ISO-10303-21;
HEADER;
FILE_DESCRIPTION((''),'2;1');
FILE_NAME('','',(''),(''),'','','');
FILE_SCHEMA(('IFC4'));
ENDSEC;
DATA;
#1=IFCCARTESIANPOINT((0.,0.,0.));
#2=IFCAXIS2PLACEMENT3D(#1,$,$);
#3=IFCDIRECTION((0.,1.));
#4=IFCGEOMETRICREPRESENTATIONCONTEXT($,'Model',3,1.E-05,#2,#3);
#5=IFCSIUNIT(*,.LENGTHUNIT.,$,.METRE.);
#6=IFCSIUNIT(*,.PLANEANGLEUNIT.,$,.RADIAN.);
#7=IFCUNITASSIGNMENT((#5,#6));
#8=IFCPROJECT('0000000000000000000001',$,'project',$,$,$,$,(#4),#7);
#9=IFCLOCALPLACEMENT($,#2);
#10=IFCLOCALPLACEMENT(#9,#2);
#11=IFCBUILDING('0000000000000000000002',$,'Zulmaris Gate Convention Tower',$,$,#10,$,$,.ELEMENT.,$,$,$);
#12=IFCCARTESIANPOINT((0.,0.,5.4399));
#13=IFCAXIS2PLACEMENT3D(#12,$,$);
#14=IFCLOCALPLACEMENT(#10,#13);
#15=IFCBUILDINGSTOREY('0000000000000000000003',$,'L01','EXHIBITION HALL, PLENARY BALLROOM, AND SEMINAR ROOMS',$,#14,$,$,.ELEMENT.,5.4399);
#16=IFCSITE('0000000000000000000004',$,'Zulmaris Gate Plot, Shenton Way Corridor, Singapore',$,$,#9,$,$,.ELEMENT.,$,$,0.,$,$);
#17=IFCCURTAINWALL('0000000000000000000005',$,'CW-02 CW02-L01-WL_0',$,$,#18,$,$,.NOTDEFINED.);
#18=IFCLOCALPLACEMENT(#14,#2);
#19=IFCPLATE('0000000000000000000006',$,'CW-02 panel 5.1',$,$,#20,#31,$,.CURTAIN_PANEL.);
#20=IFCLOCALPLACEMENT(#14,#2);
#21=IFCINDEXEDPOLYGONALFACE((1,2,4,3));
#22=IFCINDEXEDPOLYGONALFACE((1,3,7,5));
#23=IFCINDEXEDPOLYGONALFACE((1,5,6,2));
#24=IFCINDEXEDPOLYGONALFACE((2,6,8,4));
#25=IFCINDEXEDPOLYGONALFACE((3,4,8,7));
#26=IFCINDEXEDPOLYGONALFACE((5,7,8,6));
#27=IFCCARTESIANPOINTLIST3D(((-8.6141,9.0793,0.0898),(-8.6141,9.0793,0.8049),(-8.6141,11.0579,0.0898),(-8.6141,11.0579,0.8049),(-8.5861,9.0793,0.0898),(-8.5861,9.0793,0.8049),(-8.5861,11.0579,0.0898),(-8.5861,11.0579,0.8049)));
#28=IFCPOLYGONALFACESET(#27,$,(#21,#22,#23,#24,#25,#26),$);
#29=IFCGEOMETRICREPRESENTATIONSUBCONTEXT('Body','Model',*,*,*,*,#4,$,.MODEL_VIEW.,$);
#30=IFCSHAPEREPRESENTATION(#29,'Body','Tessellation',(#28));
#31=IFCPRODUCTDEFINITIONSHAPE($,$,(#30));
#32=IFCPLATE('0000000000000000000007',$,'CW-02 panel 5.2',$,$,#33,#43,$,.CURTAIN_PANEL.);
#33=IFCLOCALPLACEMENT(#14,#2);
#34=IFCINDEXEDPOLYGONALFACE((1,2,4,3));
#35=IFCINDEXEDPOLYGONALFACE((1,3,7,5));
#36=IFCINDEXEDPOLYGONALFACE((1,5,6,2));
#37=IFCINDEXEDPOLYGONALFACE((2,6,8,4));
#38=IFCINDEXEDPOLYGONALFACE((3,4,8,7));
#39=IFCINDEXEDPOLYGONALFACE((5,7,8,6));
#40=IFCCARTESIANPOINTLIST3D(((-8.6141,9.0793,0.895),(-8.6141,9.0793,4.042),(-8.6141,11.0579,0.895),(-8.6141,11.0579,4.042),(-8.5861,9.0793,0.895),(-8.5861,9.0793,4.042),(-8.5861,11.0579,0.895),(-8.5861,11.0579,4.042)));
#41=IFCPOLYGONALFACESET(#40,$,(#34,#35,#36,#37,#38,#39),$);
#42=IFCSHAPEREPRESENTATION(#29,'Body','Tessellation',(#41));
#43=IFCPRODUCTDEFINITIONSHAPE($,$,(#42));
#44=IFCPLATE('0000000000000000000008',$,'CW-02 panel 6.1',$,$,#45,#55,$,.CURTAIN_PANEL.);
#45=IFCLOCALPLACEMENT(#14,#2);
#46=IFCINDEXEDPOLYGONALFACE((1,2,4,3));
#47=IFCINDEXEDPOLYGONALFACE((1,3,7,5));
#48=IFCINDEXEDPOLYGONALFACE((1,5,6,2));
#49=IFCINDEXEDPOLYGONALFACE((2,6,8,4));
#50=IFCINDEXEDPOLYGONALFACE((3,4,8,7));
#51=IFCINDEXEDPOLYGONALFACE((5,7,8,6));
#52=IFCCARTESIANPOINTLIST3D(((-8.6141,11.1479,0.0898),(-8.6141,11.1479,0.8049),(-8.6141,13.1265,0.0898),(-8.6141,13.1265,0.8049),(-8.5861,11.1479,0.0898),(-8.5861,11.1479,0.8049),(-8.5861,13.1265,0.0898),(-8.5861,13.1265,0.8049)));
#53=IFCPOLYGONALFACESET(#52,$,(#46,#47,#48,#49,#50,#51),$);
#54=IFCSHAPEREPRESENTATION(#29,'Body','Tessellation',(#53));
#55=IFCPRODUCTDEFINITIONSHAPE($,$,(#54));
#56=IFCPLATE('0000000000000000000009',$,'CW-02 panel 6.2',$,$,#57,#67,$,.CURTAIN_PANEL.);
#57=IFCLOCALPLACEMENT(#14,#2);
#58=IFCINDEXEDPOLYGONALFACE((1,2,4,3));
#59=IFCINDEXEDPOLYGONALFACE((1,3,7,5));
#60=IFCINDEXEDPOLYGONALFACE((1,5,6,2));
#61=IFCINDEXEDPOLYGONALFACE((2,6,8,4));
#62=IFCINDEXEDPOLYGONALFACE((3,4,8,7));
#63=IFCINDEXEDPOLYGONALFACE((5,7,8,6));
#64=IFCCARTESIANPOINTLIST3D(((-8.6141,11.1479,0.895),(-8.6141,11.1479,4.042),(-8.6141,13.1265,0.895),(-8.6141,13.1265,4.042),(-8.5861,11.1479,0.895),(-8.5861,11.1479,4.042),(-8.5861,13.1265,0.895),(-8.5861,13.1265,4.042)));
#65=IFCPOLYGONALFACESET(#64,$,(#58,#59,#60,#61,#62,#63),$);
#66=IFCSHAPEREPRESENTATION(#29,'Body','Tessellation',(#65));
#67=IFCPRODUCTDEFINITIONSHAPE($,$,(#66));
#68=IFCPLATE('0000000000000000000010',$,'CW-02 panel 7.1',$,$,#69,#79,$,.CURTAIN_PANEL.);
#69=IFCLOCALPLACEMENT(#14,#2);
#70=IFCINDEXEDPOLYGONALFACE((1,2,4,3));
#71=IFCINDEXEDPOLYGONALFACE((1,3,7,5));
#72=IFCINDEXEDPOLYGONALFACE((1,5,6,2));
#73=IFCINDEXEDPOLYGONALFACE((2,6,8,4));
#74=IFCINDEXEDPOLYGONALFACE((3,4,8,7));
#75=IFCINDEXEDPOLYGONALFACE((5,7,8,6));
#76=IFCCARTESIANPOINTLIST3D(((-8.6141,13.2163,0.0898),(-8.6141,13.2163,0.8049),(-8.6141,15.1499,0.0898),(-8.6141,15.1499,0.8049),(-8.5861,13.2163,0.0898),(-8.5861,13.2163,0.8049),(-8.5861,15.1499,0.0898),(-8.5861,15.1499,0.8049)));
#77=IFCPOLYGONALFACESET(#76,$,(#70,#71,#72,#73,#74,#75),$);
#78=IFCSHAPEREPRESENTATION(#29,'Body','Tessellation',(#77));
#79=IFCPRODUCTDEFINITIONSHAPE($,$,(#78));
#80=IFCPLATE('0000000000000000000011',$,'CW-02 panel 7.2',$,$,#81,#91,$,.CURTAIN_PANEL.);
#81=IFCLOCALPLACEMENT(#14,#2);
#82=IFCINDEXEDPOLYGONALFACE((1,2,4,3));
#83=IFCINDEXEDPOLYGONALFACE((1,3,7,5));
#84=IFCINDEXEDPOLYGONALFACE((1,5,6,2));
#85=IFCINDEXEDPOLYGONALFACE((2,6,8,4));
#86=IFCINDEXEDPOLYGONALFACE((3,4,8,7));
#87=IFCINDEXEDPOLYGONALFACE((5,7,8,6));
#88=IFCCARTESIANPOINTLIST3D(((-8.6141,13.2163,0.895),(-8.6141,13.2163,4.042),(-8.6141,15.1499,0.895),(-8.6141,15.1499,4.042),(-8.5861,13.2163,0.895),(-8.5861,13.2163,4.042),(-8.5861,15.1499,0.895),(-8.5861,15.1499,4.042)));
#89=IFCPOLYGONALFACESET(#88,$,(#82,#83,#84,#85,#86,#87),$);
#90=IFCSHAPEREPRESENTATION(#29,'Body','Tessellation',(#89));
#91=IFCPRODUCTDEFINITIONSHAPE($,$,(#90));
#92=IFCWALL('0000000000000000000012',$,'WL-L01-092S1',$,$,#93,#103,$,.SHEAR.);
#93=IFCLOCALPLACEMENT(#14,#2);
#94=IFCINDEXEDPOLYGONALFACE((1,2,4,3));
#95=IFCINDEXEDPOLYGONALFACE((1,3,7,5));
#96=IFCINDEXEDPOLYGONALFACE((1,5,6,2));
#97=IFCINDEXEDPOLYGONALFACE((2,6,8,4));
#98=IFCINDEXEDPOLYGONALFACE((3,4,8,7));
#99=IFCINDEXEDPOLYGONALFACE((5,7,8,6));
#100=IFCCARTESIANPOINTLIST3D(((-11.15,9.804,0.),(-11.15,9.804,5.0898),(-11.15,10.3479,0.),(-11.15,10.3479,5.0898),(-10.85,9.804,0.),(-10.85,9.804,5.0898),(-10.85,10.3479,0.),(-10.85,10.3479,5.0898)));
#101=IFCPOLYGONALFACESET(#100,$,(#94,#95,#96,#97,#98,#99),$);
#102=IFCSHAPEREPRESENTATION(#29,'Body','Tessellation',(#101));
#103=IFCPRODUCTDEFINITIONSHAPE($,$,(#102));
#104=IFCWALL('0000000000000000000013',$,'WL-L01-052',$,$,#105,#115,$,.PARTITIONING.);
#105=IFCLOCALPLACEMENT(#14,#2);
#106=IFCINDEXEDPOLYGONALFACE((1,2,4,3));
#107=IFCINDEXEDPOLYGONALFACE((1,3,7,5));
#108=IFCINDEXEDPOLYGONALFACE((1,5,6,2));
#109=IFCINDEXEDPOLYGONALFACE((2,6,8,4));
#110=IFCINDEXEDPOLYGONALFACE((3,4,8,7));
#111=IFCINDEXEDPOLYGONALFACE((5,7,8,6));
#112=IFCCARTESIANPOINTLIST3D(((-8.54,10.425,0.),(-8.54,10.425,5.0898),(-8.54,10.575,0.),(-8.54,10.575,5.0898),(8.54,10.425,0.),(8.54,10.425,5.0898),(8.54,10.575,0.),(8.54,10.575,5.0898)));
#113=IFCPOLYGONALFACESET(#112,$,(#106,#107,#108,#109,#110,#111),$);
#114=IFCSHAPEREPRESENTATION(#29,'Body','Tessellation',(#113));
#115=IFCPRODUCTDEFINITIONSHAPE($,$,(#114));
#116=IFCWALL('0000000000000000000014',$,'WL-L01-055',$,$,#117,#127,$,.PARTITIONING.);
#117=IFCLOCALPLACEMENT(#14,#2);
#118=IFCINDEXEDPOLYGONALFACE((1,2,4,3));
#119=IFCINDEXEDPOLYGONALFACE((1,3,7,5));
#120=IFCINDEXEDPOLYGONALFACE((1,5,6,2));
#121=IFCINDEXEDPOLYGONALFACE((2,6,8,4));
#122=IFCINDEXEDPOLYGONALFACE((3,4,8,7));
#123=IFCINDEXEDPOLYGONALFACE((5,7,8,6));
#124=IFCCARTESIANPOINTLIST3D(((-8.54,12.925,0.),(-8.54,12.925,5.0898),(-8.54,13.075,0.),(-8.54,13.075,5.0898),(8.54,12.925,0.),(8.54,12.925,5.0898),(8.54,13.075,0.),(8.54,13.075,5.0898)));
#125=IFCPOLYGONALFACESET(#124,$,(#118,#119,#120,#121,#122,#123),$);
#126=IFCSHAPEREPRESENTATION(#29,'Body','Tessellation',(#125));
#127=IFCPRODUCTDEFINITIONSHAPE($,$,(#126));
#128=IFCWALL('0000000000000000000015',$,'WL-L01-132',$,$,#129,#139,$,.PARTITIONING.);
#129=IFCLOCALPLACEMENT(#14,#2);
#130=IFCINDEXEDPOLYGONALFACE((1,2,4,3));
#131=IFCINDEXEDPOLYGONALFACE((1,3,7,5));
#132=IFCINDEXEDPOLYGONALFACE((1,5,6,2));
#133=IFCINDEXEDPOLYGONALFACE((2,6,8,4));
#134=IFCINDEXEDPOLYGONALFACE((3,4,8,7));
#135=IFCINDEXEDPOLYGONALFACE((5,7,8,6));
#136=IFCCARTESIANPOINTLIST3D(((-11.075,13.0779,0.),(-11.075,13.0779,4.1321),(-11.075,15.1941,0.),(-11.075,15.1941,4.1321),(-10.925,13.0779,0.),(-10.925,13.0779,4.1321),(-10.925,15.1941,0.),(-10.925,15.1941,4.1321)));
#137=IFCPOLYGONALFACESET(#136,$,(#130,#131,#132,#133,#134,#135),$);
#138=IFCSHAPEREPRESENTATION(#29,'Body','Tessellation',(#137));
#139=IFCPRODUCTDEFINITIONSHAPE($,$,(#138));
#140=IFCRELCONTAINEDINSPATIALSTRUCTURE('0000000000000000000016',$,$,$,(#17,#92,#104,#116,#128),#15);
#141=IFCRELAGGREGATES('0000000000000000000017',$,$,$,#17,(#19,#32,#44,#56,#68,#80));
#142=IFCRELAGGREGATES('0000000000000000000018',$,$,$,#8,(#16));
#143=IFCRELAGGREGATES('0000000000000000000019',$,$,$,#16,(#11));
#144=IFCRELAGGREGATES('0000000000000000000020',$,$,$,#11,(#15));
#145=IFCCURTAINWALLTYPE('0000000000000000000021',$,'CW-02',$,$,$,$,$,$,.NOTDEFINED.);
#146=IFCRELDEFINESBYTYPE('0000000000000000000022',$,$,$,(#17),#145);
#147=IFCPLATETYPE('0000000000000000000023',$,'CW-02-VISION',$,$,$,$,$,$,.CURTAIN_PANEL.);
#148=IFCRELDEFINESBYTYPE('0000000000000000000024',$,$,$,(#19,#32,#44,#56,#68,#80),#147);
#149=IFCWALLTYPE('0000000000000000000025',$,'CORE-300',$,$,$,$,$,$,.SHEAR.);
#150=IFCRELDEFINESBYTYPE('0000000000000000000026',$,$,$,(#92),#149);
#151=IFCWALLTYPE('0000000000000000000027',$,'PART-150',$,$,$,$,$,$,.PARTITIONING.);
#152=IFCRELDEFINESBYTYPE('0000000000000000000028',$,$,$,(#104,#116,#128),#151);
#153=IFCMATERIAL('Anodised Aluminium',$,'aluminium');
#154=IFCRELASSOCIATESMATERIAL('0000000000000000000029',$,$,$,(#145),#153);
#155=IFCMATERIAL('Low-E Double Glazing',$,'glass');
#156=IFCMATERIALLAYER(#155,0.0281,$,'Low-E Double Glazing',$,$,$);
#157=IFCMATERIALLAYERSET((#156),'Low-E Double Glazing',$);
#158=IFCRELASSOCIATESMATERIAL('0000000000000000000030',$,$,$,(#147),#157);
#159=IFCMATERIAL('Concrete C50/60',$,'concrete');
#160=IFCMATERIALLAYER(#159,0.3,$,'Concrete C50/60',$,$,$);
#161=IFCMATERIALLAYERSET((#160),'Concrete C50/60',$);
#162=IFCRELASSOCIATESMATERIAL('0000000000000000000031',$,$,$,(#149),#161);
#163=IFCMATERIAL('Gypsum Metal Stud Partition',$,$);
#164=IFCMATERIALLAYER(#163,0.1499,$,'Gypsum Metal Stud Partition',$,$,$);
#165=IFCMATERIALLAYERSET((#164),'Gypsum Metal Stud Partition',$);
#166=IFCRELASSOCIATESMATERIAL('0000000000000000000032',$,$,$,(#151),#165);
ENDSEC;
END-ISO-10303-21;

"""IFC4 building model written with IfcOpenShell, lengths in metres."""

from ifc_helpers import new_model, si_unit, direction, frame, frame_2d, origin, origin_2d, place, context, subcontext, project, spatial, rectangle, extrude, material, layer, layer_set, type_object, element, aggregate, save


model = new_model("IFC4")

# Units and contexts
model_context = context("Model", 3, precision=1e-05, world=origin(), true_north=direction((0.0, 1.0)))
body_context = subcontext(model_context, "Body", "Model", "MODEL_VIEW")
ifc_project = project(units=[si_unit("LENGTHUNIT", "METRE"), si_unit("PLANEANGLEUNIT", "RADIAN")], contexts=[model_context])

# Site, building, storey
site_placement = place(None, origin())
site = spatial("IfcSite", under=ifc_project, at=site_placement, Name="Zulmaris Gate Plot, Shenton Way Corridor, Singapore", CompositionType="ELEMENT", RefElevation=0.0)
building_placement = place(site_placement, origin())
building = spatial("IfcBuilding", under=site, at=building_placement, Name="Zulmaris Gate Convention Tower", CompositionType="ELEMENT")
storey_placement = place(building_placement, frame((0.0, 0.0, 5.4399)))
storey = spatial("IfcBuildingStorey", under=building, at=storey_placement, Name="L01", Description="EXHIBITION HALL, PLENARY BALLROOM, AND SEMINAR ROOMS", CompositionType="ELEMENT", Elevation=5.4399)

# Curtain wall, plates
ifc_material_1 = material(Name="Anodised Aluminium", Category="aluminium")
curtain_wall_type = type_object("IfcCurtainWallType", Name="CW-02", PredefinedType="NOTDEFINED", material=ifc_material_1)
curtain_wall_placement = place(storey_placement, origin())
curtain_wall = element("IfcCurtainWall", 1, at=curtain_wall_placement, inside=storey, type_object=curtain_wall_type, Name="CW-02 CW02-L01-WL_0", PredefinedType="NOTDEFINED")
ifc_material_2 = material(Name="Low-E Double Glazing", Category="glass")
ifc_layer_1 = layer(ifc_material_2, 0.0281, Name="Low-E Double Glazing")
ifc_layer_set_1 = layer_set([ifc_layer_1], Name="Low-E Double Glazing")
plate_type = type_object("IfcPlateType", Name="CW-02-VISION", PredefinedType="CURTAIN_PANEL", material=ifc_layer_set_1)
plate_1_placement = place(storey_placement, frame((-8.6001, 10.0686, 0.0898), z_axis=(0.0, 0.0, 1.0), x_axis=(0.0, 1.0, 0.0)))
plate_1 = element("IfcPlate", 2, at=plate_1_placement, type_object=plate_type, Name="CW-02 panel 5.1", PredefinedType="CURTAIN_PANEL", context=body_context, shape_type="SweptSolid", body=[
    extrude(rectangle(XDim=1.9785, YDim=0.0281, at=origin_2d()), origin(), (0.0, 0.0, 1.0), 0.7151),
])
plate_2_placement = place(storey_placement, frame((-8.6001, 10.0686, 0.895), z_axis=(0.0, 0.0, 1.0), x_axis=(0.0, 1.0, 0.0)))
plate_2 = element("IfcPlate", 3, at=plate_2_placement, type_object=plate_type, Name="CW-02 panel 5.2", PredefinedType="CURTAIN_PANEL", context=body_context, shape_type="SweptSolid", body=[
    extrude(rectangle(XDim=1.9785, YDim=0.0281, at=origin_2d()), origin(), (0.0, 0.0, 1.0), 3.147),
])
plate_3_placement = place(storey_placement, frame((-8.6001, 12.1372, 0.0898), z_axis=(0.0, 0.0, 1.0), x_axis=(0.0, 1.0, 0.0)))
plate_3 = element("IfcPlate", 4, at=plate_3_placement, type_object=plate_type, Name="CW-02 panel 6.1", PredefinedType="CURTAIN_PANEL", context=body_context, shape_type="SweptSolid", body=[
    extrude(rectangle(XDim=1.9785, YDim=0.0281, at=origin_2d()), origin(), (0.0, 0.0, 1.0), 0.7151),
])
plate_4_placement = place(storey_placement, frame((-8.6001, 12.1372, 0.895), z_axis=(0.0, 0.0, 1.0), x_axis=(0.0, 1.0, 0.0)))
plate_4 = element("IfcPlate", 5, at=plate_4_placement, type_object=plate_type, Name="CW-02 panel 6.2", PredefinedType="CURTAIN_PANEL", context=body_context, shape_type="SweptSolid", body=[
    extrude(rectangle(XDim=1.9785, YDim=0.0281, at=origin_2d()), origin(), (0.0, 0.0, 1.0), 3.147),
])
plate_5_placement = place(storey_placement, frame((-8.6001, 14.1831, 0.0898), z_axis=(0.0, 0.0, 1.0), x_axis=(0.0, 1.0, 0.0)))
plate_5 = element("IfcPlate", 6, at=plate_5_placement, type_object=plate_type, Name="CW-02 panel 7.1", PredefinedType="CURTAIN_PANEL", context=body_context, shape_type="SweptSolid", body=[
    extrude(rectangle(XDim=1.9336, YDim=0.0281, at=origin_2d()), origin(), (0.0, 0.0, 1.0), 0.7151),
])
plate_6_placement = place(storey_placement, frame((-8.6001, 14.1831, 0.895), z_axis=(0.0, 0.0, 1.0), x_axis=(0.0, 1.0, 0.0)))
plate_6 = element("IfcPlate", 7, at=plate_6_placement, type_object=plate_type, Name="CW-02 panel 7.2", PredefinedType="CURTAIN_PANEL", context=body_context, shape_type="SweptSolid", body=[
    extrude(rectangle(XDim=1.9336, YDim=0.0281, at=origin_2d()), origin(), (0.0, 0.0, 1.0), 3.147),
])
aggregate(curtain_wall, [plate_1, plate_2, plate_3, plate_4, plate_5, plate_6])

# Shared definitions
ifc_material_3 = material(Name="Concrete C50/60", Category="concrete")
ifc_layer_2 = layer(ifc_material_3, 0.3, Name="Concrete C50/60")
ifc_layer_set_2 = layer_set([ifc_layer_2], Name="Concrete C50/60")
wall_type_1 = type_object("IfcWallType", Name="CORE-300", PredefinedType="SHEAR", material=ifc_layer_set_2)

# Wall
wall_1_placement = place(storey_placement, frame((-11.0, 9.804, 0.0), z_axis=(0.0, 0.0, 1.0), x_axis=(0.0, 1.0, 0.0)))
element("IfcWall", 8, at=wall_1_placement, inside=storey, type_object=wall_type_1, Name="WL-L01-092S1", PredefinedType="SHEAR", context=body_context, shape_type="SweptSolid", body=[
    extrude(rectangle(XDim=0.5439, YDim=0.3, at=frame_2d((0.272, 0.0))), origin(), (0.0, 0.0, 1.0), 5.0898),
])

# Shared definitions
ifc_material_4 = material(Name="Gypsum Metal Stud Partition")
ifc_layer_3 = layer(ifc_material_4, 0.1499, Name="Gypsum Metal Stud Partition")
ifc_layer_set_3 = layer_set([ifc_layer_3], Name="Gypsum Metal Stud Partition")
wall_type_2 = type_object("IfcWallType", Name="PART-150", PredefinedType="PARTITIONING", material=ifc_layer_set_3)

# Walls
for number, where, z_axis, x_axis, name in (
    (9, (-8.54, 10.5, 0.0), (0.0, 0.0, 1.0), (1.0, 0.0, 0.0), "WL-L01-052"),
    (10, (-8.54, 13.0, 0.0), (0.0, 0.0, 1.0), (1.0, 0.0, 0.0), "WL-L01-055"),
):
    element("IfcWall", number, at=place(storey_placement, frame(where, z_axis=z_axis, x_axis=x_axis)), inside=storey, type_object=wall_type_2, Name=name, PredefinedType="PARTITIONING", context=body_context, shape_type="SweptSolid", body=[
        extrude(rectangle(XDim=17.0801, YDim=0.1499, at=frame_2d((8.54, 0.0))), origin(), (0.0, 0.0, 1.0), 5.0898),
    ])
wall_2_placement = place(storey_placement, frame((-11.0, 13.0779, 0.0), z_axis=(0.0, 0.0, 1.0), x_axis=(0.0, 1.0, 0.0)))
element("IfcWall", 11, at=wall_2_placement, inside=storey, type_object=wall_type_2, Name="WL-L01-132", PredefinedType="PARTITIONING", context=body_context, shape_type="SweptSolid", body=[
    extrude(rectangle(XDim=2.1162, YDim=0.1499, at=frame_2d((1.0581, 0.0))), origin(), (0.0, 0.0, 1.0), 4.1321),
])

save(model, "model.ifc")
